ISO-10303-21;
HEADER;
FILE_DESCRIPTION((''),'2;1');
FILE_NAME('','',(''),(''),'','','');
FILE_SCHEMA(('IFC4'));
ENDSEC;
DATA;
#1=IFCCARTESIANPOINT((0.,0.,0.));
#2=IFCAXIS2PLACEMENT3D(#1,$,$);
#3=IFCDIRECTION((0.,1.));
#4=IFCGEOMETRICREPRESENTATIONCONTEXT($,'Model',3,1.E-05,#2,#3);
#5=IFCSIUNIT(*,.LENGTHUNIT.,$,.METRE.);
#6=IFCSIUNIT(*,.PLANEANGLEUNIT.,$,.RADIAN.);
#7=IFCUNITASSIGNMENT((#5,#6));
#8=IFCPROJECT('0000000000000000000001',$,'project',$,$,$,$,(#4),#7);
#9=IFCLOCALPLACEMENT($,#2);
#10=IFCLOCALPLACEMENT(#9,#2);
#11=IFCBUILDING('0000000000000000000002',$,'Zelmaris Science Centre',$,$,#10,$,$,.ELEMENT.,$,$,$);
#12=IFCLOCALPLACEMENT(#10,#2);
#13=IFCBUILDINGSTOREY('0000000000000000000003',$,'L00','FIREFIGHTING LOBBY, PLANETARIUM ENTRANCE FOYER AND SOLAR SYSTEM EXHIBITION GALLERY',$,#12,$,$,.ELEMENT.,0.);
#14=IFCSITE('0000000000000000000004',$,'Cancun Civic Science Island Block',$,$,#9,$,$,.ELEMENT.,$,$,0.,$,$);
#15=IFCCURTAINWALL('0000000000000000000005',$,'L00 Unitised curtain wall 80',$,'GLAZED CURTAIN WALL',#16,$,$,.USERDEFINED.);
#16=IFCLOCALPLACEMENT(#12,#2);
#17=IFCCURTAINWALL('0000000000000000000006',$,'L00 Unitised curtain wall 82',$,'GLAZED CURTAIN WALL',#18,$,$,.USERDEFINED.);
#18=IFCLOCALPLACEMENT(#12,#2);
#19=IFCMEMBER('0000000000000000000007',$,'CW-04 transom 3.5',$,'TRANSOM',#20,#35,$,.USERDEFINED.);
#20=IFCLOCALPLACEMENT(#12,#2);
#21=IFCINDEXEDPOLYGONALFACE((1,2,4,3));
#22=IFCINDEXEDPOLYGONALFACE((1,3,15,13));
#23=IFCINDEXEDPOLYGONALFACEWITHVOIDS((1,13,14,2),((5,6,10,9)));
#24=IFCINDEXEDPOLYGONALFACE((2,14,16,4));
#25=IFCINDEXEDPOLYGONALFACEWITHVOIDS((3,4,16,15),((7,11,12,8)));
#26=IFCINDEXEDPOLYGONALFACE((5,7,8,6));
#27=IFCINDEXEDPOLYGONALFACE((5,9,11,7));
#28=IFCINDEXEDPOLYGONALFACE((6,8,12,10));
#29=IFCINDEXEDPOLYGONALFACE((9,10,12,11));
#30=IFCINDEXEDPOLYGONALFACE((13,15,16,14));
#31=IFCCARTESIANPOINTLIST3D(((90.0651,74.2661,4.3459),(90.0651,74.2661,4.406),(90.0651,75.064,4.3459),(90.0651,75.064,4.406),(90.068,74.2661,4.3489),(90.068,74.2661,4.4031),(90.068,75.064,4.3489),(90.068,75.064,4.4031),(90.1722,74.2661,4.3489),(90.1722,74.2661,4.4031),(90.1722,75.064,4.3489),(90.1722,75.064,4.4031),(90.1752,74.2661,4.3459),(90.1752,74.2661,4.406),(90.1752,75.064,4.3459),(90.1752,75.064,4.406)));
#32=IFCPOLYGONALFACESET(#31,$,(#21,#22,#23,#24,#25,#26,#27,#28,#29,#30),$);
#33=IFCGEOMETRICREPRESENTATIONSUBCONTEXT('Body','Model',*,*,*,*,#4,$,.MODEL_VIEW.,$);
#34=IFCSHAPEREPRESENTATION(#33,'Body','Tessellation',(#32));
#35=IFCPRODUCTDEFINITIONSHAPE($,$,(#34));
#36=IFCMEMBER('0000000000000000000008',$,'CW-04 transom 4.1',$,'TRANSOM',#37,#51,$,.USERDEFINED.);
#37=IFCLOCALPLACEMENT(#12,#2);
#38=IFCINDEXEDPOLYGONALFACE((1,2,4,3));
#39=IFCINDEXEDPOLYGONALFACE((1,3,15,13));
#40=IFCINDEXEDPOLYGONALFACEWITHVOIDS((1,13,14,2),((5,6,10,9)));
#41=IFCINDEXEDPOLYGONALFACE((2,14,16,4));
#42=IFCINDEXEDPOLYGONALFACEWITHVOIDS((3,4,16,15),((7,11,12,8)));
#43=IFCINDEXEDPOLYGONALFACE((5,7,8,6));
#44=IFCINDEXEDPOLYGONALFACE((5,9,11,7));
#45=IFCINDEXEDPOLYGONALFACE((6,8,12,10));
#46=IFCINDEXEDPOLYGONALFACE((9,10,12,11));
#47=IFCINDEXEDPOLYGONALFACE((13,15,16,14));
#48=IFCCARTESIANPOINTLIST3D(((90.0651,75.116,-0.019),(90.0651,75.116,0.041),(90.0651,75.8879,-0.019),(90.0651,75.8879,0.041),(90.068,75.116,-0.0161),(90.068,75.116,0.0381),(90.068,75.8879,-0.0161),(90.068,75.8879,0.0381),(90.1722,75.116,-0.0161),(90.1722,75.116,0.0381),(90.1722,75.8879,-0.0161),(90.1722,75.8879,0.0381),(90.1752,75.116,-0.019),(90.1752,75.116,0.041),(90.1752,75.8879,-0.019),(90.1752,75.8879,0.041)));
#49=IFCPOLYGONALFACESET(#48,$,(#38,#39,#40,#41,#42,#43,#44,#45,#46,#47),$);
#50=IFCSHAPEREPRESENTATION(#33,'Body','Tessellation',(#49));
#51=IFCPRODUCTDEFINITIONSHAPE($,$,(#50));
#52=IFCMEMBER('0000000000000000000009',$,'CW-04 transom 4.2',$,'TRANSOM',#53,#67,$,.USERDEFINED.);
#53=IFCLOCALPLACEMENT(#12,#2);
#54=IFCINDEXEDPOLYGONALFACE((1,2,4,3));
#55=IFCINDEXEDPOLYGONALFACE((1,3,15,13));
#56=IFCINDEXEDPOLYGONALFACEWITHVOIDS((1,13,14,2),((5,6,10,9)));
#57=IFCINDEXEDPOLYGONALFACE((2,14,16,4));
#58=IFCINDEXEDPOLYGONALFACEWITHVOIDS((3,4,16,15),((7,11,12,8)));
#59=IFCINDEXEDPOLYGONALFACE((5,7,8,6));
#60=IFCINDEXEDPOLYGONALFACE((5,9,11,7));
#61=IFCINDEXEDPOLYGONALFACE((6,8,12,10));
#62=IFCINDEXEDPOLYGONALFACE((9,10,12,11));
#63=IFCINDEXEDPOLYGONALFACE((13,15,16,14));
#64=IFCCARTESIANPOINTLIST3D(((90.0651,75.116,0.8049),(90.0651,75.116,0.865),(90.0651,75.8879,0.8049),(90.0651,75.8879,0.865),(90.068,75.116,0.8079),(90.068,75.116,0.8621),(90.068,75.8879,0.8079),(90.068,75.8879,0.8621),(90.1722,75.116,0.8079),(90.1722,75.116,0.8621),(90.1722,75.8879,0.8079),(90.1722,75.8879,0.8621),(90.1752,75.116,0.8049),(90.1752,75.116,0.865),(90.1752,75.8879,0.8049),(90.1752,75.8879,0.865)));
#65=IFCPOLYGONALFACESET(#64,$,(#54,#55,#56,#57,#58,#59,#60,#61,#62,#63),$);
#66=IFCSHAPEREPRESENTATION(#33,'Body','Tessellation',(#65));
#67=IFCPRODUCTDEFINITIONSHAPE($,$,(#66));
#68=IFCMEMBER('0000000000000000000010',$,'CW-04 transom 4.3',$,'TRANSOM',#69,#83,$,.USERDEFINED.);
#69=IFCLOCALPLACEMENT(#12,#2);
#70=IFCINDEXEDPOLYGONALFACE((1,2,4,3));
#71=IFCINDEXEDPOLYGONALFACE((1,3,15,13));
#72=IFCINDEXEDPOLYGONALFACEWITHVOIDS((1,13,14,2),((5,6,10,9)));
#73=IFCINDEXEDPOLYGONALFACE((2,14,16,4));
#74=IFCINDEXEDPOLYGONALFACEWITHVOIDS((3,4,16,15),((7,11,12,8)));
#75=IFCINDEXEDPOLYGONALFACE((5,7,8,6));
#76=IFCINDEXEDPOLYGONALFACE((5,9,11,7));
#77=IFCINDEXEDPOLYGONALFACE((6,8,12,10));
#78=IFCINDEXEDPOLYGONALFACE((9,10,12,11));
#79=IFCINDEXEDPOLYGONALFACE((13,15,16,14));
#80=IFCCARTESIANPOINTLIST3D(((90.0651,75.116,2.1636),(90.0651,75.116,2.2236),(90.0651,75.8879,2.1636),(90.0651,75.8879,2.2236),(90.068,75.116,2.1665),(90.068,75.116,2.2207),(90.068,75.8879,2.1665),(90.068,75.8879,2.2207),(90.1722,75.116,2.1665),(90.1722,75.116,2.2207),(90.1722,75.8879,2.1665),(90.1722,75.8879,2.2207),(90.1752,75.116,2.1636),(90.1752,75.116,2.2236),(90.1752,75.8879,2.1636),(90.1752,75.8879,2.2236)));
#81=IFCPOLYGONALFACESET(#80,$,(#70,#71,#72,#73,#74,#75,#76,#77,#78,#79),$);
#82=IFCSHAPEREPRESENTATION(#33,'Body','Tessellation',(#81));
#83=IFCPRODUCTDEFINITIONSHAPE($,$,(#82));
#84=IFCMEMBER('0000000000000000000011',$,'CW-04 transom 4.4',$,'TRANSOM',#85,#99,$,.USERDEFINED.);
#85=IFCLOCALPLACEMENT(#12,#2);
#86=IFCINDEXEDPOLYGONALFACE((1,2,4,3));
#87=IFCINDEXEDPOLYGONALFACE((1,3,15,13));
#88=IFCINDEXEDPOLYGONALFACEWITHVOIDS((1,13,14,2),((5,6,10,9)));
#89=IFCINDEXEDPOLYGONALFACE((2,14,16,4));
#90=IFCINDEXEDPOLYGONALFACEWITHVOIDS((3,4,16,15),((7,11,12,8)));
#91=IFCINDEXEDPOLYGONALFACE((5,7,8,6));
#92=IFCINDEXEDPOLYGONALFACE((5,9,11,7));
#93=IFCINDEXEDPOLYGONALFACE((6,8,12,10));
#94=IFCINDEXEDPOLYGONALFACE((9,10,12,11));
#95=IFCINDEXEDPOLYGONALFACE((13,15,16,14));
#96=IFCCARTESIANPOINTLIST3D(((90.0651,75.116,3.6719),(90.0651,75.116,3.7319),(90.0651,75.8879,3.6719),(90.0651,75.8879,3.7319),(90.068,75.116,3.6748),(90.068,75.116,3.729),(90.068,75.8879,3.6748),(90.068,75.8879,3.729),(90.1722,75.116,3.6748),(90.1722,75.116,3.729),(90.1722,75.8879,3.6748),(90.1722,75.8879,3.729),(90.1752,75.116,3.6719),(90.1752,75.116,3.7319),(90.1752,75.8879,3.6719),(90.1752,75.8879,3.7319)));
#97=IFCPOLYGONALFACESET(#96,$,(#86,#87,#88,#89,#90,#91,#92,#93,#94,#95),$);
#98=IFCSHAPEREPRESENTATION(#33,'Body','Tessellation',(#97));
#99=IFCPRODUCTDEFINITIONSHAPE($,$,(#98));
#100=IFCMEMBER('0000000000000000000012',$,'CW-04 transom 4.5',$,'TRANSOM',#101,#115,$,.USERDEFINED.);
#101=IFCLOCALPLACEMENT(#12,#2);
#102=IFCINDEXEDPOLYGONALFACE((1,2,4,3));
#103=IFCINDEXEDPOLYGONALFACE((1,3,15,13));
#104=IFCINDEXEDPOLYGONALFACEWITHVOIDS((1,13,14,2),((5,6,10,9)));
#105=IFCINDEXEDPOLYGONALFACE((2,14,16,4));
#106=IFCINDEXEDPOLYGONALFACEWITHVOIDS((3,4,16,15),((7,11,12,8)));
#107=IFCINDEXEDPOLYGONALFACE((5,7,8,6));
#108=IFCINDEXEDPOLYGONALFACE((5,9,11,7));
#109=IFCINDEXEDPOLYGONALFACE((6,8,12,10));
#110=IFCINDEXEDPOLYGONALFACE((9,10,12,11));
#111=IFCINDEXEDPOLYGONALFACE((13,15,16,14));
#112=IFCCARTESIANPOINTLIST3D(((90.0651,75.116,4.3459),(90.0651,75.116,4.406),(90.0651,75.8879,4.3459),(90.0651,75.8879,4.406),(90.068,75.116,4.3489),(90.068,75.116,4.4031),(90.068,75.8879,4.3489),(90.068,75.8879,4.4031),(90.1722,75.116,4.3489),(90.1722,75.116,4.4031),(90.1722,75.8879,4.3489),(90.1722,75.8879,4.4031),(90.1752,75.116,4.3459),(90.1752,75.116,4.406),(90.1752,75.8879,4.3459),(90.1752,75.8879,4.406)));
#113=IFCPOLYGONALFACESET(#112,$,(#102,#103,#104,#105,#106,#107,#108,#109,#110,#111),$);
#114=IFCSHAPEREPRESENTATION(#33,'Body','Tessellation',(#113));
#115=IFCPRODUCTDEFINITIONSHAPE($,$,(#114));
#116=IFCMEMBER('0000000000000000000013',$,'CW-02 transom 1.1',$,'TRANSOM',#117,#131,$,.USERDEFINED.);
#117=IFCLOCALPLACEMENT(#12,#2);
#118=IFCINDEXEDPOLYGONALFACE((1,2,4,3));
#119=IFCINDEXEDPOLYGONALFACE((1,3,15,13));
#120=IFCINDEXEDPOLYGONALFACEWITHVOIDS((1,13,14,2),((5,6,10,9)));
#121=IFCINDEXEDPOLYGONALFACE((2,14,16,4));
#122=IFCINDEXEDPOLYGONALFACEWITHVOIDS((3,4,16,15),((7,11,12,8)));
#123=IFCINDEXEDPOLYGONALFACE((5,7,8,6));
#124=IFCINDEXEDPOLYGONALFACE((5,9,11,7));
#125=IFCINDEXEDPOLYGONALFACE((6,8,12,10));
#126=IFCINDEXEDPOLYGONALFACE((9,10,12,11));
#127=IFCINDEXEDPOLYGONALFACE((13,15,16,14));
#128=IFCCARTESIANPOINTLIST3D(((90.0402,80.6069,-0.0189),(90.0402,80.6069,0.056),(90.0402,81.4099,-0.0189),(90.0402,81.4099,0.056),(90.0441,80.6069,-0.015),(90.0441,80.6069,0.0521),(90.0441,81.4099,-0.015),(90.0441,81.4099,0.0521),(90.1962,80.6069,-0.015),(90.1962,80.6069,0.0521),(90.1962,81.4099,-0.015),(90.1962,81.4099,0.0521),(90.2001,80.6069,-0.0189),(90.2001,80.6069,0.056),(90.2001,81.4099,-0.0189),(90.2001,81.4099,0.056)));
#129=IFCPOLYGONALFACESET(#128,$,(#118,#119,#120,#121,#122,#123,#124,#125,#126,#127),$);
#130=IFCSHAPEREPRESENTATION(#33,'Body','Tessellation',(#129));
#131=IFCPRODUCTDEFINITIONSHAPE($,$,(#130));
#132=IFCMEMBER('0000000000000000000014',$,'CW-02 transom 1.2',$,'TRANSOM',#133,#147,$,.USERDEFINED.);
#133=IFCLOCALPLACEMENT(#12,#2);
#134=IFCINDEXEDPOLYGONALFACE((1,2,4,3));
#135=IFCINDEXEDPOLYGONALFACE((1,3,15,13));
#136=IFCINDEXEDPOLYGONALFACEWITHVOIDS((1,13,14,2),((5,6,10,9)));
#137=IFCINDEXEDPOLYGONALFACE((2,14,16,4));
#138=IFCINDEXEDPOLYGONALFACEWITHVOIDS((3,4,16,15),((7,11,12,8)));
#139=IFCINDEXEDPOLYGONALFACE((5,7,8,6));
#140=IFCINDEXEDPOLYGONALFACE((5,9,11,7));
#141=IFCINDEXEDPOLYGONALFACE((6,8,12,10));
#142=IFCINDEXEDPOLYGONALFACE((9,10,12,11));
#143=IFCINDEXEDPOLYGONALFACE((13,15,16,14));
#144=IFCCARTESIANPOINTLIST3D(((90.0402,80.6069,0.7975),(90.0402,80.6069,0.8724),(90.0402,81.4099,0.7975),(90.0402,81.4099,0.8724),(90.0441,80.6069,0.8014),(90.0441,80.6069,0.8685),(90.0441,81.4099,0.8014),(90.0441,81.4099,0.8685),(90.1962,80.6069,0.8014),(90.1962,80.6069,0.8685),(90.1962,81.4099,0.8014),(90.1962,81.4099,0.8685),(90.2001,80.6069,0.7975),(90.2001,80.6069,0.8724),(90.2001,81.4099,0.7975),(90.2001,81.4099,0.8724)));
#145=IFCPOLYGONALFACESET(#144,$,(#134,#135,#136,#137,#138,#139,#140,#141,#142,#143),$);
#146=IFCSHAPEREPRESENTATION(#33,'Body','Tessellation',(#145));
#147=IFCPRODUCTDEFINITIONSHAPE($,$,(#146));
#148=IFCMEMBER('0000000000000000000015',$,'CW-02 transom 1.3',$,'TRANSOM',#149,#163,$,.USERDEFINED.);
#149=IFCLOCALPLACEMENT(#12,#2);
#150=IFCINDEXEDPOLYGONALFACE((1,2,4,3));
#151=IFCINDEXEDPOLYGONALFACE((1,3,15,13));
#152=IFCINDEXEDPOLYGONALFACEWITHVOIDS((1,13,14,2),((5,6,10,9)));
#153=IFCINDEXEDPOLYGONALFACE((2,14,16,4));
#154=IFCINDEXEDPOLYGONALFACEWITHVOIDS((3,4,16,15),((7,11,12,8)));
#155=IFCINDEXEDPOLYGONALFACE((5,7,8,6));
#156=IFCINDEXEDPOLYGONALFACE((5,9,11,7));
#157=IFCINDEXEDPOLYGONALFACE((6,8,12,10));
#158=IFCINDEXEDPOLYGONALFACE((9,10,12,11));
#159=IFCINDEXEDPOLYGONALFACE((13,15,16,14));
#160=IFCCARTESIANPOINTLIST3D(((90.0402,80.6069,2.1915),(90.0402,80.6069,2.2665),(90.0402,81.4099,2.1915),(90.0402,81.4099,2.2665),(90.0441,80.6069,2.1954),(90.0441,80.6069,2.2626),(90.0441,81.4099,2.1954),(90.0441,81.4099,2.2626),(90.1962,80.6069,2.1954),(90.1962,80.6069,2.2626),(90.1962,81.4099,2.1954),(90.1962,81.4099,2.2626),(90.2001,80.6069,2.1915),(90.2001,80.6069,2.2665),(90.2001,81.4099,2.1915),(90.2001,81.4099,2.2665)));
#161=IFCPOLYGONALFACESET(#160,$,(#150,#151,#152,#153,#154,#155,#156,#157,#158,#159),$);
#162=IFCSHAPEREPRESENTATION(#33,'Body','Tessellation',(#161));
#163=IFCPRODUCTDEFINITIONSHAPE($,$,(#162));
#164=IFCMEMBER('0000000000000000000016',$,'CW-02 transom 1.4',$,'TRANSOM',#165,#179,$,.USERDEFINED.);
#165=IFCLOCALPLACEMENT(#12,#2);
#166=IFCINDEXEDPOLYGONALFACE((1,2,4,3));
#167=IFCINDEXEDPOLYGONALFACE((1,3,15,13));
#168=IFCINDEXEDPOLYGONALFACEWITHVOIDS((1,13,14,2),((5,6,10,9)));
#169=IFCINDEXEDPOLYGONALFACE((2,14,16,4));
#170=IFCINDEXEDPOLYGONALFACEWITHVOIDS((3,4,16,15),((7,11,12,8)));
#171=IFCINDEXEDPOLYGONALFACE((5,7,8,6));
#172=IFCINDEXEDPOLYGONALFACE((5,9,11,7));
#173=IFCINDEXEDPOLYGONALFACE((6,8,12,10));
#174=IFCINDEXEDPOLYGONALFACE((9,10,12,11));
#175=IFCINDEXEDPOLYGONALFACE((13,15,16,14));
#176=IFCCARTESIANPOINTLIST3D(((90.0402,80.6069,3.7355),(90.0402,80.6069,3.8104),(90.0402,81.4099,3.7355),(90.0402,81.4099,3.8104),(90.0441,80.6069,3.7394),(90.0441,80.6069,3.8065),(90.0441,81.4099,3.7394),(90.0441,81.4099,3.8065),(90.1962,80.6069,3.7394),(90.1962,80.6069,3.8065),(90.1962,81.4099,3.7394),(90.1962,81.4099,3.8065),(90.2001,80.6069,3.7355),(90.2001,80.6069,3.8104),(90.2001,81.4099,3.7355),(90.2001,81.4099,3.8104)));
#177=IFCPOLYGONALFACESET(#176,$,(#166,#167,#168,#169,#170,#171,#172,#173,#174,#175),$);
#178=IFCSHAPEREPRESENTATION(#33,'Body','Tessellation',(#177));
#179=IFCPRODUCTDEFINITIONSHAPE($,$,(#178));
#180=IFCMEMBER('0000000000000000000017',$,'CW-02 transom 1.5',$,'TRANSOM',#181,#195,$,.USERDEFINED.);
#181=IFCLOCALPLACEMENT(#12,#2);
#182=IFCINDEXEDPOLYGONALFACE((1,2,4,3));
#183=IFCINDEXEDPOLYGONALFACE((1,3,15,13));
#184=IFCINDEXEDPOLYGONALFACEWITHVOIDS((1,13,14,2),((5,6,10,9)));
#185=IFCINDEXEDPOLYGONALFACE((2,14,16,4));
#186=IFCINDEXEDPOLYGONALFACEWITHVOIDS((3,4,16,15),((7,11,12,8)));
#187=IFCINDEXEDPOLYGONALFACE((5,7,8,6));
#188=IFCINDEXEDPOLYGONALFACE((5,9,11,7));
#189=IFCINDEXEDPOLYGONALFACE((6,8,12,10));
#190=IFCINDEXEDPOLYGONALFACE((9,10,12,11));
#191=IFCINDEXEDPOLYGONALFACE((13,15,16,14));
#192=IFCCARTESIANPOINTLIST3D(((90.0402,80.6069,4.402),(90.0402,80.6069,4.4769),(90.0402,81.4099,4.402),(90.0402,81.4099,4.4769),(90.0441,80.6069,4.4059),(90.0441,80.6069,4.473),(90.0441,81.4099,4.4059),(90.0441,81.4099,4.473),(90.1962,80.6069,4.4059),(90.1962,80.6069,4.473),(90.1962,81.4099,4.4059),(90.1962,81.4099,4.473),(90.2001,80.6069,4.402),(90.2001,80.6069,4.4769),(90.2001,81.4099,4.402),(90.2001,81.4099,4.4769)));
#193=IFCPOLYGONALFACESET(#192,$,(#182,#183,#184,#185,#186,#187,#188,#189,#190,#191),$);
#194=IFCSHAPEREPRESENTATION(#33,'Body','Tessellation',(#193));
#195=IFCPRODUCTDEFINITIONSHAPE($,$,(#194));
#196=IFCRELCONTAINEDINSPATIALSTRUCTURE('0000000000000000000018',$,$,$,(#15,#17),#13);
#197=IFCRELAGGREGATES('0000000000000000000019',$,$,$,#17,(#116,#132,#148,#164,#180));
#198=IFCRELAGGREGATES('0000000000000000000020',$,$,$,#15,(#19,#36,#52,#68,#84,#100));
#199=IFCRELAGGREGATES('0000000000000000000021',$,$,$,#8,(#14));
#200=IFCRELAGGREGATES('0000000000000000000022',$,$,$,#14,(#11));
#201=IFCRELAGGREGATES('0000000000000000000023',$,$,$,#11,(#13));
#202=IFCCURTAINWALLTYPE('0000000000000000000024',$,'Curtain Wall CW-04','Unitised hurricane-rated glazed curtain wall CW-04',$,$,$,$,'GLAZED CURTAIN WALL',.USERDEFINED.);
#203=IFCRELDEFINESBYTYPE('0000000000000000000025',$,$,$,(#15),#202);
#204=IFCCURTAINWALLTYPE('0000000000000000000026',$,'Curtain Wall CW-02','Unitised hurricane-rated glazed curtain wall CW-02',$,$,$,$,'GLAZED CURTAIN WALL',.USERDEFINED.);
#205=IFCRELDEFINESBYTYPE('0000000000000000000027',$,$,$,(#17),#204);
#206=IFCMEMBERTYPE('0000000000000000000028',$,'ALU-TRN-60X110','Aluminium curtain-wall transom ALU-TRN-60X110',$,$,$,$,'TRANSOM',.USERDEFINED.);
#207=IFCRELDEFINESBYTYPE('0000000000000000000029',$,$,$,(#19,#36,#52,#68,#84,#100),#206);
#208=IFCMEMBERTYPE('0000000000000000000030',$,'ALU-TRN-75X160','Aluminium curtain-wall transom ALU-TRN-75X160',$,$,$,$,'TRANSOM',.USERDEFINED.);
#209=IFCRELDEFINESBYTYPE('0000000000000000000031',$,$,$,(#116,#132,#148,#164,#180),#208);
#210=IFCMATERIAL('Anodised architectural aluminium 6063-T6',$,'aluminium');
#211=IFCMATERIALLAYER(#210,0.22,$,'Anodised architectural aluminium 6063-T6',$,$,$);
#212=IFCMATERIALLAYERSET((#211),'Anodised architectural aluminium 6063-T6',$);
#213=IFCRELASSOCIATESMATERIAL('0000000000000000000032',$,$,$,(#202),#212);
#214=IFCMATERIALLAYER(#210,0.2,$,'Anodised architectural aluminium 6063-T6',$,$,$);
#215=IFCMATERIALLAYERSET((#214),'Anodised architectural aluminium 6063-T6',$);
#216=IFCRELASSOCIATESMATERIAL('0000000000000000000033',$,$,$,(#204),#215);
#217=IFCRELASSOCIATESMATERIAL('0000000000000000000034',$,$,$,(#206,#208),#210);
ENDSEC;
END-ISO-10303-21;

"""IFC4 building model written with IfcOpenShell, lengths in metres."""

from ifc_helpers import new_model, si_unit, direction, frame, origin, origin_2d, place, context, subcontext, project, spatial, hollow_rectangle, extrude, material, layer, layer_set, material_profile, profile_set, type_object, element, aggregate, save


model = new_model("IFC4")

# Units and contexts
model_context = context("Model", 3, precision=1e-05, world=origin(), true_north=direction((0.0, 1.0)))
body_context = subcontext(model_context, "Body", "Model", "MODEL_VIEW")
ifc_project = project(units=[si_unit("LENGTHUNIT", "METRE"), si_unit("PLANEANGLEUNIT", "RADIAN")], contexts=[model_context])

# Site, building, storey
site_placement = place(None, origin())
site = spatial("IfcSite", under=ifc_project, at=site_placement, Name="Cancun Civic Science Island Block", CompositionType="ELEMENT", RefElevation=0.0)
building_placement = place(site_placement, origin())
building = spatial("IfcBuilding", under=site, at=building_placement, Name="Zelmaris Science Centre", CompositionType="ELEMENT")
storey_placement = place(building_placement, origin())
storey = spatial("IfcBuildingStorey", under=building, at=storey_placement, Name="L00", Description="FIREFIGHTING LOBBY, PLANETARIUM ENTRANCE FOYER AND SOLAR SYSTEM EXHIBITION GALLERY", CompositionType="ELEMENT", Elevation=0.0)

# Curtain wall
ifc_material_1 = material(Name="Anodised architectural aluminium 6063-T6", Category="aluminium")
ifc_layer_1 = layer(ifc_material_1, 0.22, Name="Anodised architectural aluminium 6063-T6")
ifc_layer_set_1 = layer_set([ifc_layer_1], Name="Anodised architectural aluminium 6063-T6")
curtain_wall_type_1 = type_object("IfcCurtainWallType", Name="Curtain Wall CW-04", Description="Unitised hurricane-rated glazed curtain wall CW-04", ElementType="GLAZED CURTAIN WALL", PredefinedType="USERDEFINED", material=ifc_layer_set_1)
curtain_wall_1_placement = place(storey_placement, origin())
curtain_wall_1 = element("IfcCurtainWall", 1, at=curtain_wall_1_placement, inside=storey, type_object=curtain_wall_type_1, Name="L00 Unitised curtain wall 80", ObjectType="GLAZED CURTAIN WALL", PredefinedType="USERDEFINED")

# Curtain wall
ifc_layer_2 = layer(ifc_material_1, 0.2, Name="Anodised architectural aluminium 6063-T6")
ifc_layer_set_2 = layer_set([ifc_layer_2], Name="Anodised architectural aluminium 6063-T6")
curtain_wall_type_2 = type_object("IfcCurtainWallType", Name="Curtain Wall CW-02", Description="Unitised hurricane-rated glazed curtain wall CW-02", ElementType="GLAZED CURTAIN WALL", PredefinedType="USERDEFINED", material=ifc_layer_set_2)
curtain_wall_2_placement = place(storey_placement, origin())
curtain_wall_2 = element("IfcCurtainWall", 2, at=curtain_wall_2_placement, inside=storey, type_object=curtain_wall_type_2, Name="L00 Unitised curtain wall 82", ObjectType="GLAZED CURTAIN WALL", PredefinedType="USERDEFINED")

# Members
ifc_material_profile_1 = material_profile(ifc_material_1, hollow_rectangle(XDim=0.0601, YDim=0.1101, WallThickness=0.0029, at=origin_2d()), Name="ALU-TRN-60X110")
ifc_profile_set_1 = profile_set([ifc_material_profile_1], Name="Anodised architectural aluminium 6063-T6")
member_type_1 = type_object("IfcMemberType", Name="ALU-TRN-60X110", Description="Aluminium curtain-wall transom ALU-TRN-60X110", ElementType="TRANSOM", PredefinedType="USERDEFINED", material=ifc_profile_set_1)
member_1_placement = place(storey_placement, frame((90.1201, 74.2661, 4.376), z_axis=(0.0, 1.0, 0.0), x_axis=(0.0, 0.0, 1.0)))
member_1 = element("IfcMember", 3, at=member_1_placement, type_object=member_type_1, Name="CW-04 transom 3.5", ObjectType="TRANSOM", PredefinedType="USERDEFINED", context=body_context, shape_type="SweptSolid", body=[
    extrude(hollow_rectangle(XDim=0.0601, YDim=0.1101, WallThickness=0.0029, at=origin_2d()), origin(), (0.0, 0.0, 1.0), 0.7979),
])
member_2_placement = place(storey_placement, frame((90.1201, 75.116, 0.011), z_axis=(0.0, 1.0, 0.0), x_axis=(0.0, 0.0, 1.0)))
member_2 = element("IfcMember", 4, at=member_2_placement, type_object=member_type_1, Name="CW-04 transom 4.1", ObjectType="TRANSOM", PredefinedType="USERDEFINED", context=body_context, shape_type="SweptSolid", body=[
    extrude(hollow_rectangle(XDim=0.0601, YDim=0.1101, WallThickness=0.0029, at=origin_2d()), origin(), (0.0, 0.0, 1.0), 0.772),
])
member_3_placement = place(storey_placement, frame((90.1201, 75.116, 0.835), z_axis=(0.0, 1.0, 0.0), x_axis=(0.0, 0.0, 1.0)))
member_3 = element("IfcMember", 5, at=member_3_placement, type_object=member_type_1, Name="CW-04 transom 4.2", ObjectType="TRANSOM", PredefinedType="USERDEFINED", context=body_context, shape_type="SweptSolid", body=[
    extrude(hollow_rectangle(XDim=0.0601, YDim=0.1101, WallThickness=0.0029, at=origin_2d()), origin(), (0.0, 0.0, 1.0), 0.772),
])
member_4_placement = place(storey_placement, frame((90.1201, 75.116, 2.1936), z_axis=(0.0, 1.0, 0.0), x_axis=(0.0, 0.0, 1.0)))
member_4 = element("IfcMember", 6, at=member_4_placement, type_object=member_type_1, Name="CW-04 transom 4.3", ObjectType="TRANSOM", PredefinedType="USERDEFINED", context=body_context, shape_type="SweptSolid", body=[
    extrude(hollow_rectangle(XDim=0.0601, YDim=0.1101, WallThickness=0.0029, at=origin_2d()), origin(), (0.0, 0.0, 1.0), 0.772),
])
member_5_placement = place(storey_placement, frame((90.1201, 75.116, 3.7019), z_axis=(0.0, 1.0, 0.0), x_axis=(0.0, 0.0, 1.0)))
member_5 = element("IfcMember", 7, at=member_5_placement, type_object=member_type_1, Name="CW-04 transom 4.4", ObjectType="TRANSOM", PredefinedType="USERDEFINED", context=body_context, shape_type="SweptSolid", body=[
    extrude(hollow_rectangle(XDim=0.0601, YDim=0.1101, WallThickness=0.0029, at=origin_2d()), origin(), (0.0, 0.0, 1.0), 0.772),
])
member_6_placement = place(storey_placement, frame((90.1201, 75.116, 4.376), z_axis=(0.0, 1.0, 0.0), x_axis=(0.0, 0.0, 1.0)))
member_6 = element("IfcMember", 8, at=member_6_placement, type_object=member_type_1, Name="CW-04 transom 4.5", ObjectType="TRANSOM", PredefinedType="USERDEFINED", context=body_context, shape_type="SweptSolid", body=[
    extrude(hollow_rectangle(XDim=0.0601, YDim=0.1101, WallThickness=0.0029, at=origin_2d()), origin(), (0.0, 0.0, 1.0), 0.772),
])
ifc_material_profile_2 = material_profile(ifc_material_1, hollow_rectangle(XDim=0.075, YDim=0.1599, WallThickness=0.0039, at=origin_2d()), Name="ALU-TRN-75X160")
ifc_profile_set_2 = profile_set([ifc_material_profile_2], Name="Anodised architectural aluminium 6063-T6")
member_type_2 = type_object("IfcMemberType", Name="ALU-TRN-75X160", Description="Aluminium curtain-wall transom ALU-TRN-75X160", ElementType="TRANSOM", PredefinedType="USERDEFINED", material=ifc_profile_set_2)
member_7_placement = place(storey_placement, frame((90.1201, 80.6069, 0.0186), z_axis=(0.0, 1.0, 0.0), x_axis=(0.0, 0.0, 1.0)))
member_7 = element("IfcMember", 9, at=member_7_placement, type_object=member_type_2, Name="CW-02 transom 1.1", ObjectType="TRANSOM", PredefinedType="USERDEFINED", context=body_context, shape_type="SweptSolid", body=[
    extrude(hollow_rectangle(XDim=0.075, YDim=0.1599, WallThickness=0.0039, at=origin_2d()), origin(), (0.0, 0.0, 1.0), 0.803),
])
member_8_placement = place(storey_placement, frame((90.1201, 80.6069, 0.835), z_axis=(0.0, 1.0, 0.0), x_axis=(0.0, 0.0, 1.0)))
member_8 = element("IfcMember", 10, at=member_8_placement, type_object=member_type_2, Name="CW-02 transom 1.2", ObjectType="TRANSOM", PredefinedType="USERDEFINED", context=body_context, shape_type="SweptSolid", body=[
    extrude(hollow_rectangle(XDim=0.075, YDim=0.1599, WallThickness=0.0039, at=origin_2d()), origin(), (0.0, 0.0, 1.0), 0.803),
])
member_9_placement = place(storey_placement, frame((90.1201, 80.6069, 2.229), z_axis=(0.0, 1.0, 0.0), x_axis=(0.0, 0.0, 1.0)))
member_9 = element("IfcMember", 11, at=member_9_placement, type_object=member_type_2, Name="CW-02 transom 1.3", ObjectType="TRANSOM", PredefinedType="USERDEFINED", context=body_context, shape_type="SweptSolid", body=[
    extrude(hollow_rectangle(XDim=0.075, YDim=0.1599, WallThickness=0.0039, at=origin_2d()), origin(), (0.0, 0.0, 1.0), 0.803),
])
member_10_placement = place(storey_placement, frame((90.1201, 80.6069, 3.7729), z_axis=(0.0, 1.0, 0.0), x_axis=(0.0, 0.0, 1.0)))
member_10 = element("IfcMember", 12, at=member_10_placement, type_object=member_type_2, Name="CW-02 transom 1.4", ObjectType="TRANSOM", PredefinedType="USERDEFINED", context=body_context, shape_type="SweptSolid", body=[
    extrude(hollow_rectangle(XDim=0.075, YDim=0.1599, WallThickness=0.0039, at=origin_2d()), origin(), (0.0, 0.0, 1.0), 0.803),
])
member_11_placement = place(storey_placement, frame((90.1201, 80.6069, 4.4395), z_axis=(0.0, 1.0, 0.0), x_axis=(0.0, 0.0, 1.0)))
member_11 = element("IfcMember", 13, at=member_11_placement, type_object=member_type_2, Name="CW-02 transom 1.5", ObjectType="TRANSOM", PredefinedType="USERDEFINED", context=body_context, shape_type="SweptSolid", body=[
    extrude(hollow_rectangle(XDim=0.075, YDim=0.1599, WallThickness=0.0039, at=origin_2d()), origin(), (0.0, 0.0, 1.0), 0.803),
])
aggregate(curtain_wall_2, [member_7, member_8, member_9, member_10, member_11])

aggregate(curtain_wall_1, [member_1, member_2, member_3, member_4, member_5, member_6])

save(model, "model.ifc")
